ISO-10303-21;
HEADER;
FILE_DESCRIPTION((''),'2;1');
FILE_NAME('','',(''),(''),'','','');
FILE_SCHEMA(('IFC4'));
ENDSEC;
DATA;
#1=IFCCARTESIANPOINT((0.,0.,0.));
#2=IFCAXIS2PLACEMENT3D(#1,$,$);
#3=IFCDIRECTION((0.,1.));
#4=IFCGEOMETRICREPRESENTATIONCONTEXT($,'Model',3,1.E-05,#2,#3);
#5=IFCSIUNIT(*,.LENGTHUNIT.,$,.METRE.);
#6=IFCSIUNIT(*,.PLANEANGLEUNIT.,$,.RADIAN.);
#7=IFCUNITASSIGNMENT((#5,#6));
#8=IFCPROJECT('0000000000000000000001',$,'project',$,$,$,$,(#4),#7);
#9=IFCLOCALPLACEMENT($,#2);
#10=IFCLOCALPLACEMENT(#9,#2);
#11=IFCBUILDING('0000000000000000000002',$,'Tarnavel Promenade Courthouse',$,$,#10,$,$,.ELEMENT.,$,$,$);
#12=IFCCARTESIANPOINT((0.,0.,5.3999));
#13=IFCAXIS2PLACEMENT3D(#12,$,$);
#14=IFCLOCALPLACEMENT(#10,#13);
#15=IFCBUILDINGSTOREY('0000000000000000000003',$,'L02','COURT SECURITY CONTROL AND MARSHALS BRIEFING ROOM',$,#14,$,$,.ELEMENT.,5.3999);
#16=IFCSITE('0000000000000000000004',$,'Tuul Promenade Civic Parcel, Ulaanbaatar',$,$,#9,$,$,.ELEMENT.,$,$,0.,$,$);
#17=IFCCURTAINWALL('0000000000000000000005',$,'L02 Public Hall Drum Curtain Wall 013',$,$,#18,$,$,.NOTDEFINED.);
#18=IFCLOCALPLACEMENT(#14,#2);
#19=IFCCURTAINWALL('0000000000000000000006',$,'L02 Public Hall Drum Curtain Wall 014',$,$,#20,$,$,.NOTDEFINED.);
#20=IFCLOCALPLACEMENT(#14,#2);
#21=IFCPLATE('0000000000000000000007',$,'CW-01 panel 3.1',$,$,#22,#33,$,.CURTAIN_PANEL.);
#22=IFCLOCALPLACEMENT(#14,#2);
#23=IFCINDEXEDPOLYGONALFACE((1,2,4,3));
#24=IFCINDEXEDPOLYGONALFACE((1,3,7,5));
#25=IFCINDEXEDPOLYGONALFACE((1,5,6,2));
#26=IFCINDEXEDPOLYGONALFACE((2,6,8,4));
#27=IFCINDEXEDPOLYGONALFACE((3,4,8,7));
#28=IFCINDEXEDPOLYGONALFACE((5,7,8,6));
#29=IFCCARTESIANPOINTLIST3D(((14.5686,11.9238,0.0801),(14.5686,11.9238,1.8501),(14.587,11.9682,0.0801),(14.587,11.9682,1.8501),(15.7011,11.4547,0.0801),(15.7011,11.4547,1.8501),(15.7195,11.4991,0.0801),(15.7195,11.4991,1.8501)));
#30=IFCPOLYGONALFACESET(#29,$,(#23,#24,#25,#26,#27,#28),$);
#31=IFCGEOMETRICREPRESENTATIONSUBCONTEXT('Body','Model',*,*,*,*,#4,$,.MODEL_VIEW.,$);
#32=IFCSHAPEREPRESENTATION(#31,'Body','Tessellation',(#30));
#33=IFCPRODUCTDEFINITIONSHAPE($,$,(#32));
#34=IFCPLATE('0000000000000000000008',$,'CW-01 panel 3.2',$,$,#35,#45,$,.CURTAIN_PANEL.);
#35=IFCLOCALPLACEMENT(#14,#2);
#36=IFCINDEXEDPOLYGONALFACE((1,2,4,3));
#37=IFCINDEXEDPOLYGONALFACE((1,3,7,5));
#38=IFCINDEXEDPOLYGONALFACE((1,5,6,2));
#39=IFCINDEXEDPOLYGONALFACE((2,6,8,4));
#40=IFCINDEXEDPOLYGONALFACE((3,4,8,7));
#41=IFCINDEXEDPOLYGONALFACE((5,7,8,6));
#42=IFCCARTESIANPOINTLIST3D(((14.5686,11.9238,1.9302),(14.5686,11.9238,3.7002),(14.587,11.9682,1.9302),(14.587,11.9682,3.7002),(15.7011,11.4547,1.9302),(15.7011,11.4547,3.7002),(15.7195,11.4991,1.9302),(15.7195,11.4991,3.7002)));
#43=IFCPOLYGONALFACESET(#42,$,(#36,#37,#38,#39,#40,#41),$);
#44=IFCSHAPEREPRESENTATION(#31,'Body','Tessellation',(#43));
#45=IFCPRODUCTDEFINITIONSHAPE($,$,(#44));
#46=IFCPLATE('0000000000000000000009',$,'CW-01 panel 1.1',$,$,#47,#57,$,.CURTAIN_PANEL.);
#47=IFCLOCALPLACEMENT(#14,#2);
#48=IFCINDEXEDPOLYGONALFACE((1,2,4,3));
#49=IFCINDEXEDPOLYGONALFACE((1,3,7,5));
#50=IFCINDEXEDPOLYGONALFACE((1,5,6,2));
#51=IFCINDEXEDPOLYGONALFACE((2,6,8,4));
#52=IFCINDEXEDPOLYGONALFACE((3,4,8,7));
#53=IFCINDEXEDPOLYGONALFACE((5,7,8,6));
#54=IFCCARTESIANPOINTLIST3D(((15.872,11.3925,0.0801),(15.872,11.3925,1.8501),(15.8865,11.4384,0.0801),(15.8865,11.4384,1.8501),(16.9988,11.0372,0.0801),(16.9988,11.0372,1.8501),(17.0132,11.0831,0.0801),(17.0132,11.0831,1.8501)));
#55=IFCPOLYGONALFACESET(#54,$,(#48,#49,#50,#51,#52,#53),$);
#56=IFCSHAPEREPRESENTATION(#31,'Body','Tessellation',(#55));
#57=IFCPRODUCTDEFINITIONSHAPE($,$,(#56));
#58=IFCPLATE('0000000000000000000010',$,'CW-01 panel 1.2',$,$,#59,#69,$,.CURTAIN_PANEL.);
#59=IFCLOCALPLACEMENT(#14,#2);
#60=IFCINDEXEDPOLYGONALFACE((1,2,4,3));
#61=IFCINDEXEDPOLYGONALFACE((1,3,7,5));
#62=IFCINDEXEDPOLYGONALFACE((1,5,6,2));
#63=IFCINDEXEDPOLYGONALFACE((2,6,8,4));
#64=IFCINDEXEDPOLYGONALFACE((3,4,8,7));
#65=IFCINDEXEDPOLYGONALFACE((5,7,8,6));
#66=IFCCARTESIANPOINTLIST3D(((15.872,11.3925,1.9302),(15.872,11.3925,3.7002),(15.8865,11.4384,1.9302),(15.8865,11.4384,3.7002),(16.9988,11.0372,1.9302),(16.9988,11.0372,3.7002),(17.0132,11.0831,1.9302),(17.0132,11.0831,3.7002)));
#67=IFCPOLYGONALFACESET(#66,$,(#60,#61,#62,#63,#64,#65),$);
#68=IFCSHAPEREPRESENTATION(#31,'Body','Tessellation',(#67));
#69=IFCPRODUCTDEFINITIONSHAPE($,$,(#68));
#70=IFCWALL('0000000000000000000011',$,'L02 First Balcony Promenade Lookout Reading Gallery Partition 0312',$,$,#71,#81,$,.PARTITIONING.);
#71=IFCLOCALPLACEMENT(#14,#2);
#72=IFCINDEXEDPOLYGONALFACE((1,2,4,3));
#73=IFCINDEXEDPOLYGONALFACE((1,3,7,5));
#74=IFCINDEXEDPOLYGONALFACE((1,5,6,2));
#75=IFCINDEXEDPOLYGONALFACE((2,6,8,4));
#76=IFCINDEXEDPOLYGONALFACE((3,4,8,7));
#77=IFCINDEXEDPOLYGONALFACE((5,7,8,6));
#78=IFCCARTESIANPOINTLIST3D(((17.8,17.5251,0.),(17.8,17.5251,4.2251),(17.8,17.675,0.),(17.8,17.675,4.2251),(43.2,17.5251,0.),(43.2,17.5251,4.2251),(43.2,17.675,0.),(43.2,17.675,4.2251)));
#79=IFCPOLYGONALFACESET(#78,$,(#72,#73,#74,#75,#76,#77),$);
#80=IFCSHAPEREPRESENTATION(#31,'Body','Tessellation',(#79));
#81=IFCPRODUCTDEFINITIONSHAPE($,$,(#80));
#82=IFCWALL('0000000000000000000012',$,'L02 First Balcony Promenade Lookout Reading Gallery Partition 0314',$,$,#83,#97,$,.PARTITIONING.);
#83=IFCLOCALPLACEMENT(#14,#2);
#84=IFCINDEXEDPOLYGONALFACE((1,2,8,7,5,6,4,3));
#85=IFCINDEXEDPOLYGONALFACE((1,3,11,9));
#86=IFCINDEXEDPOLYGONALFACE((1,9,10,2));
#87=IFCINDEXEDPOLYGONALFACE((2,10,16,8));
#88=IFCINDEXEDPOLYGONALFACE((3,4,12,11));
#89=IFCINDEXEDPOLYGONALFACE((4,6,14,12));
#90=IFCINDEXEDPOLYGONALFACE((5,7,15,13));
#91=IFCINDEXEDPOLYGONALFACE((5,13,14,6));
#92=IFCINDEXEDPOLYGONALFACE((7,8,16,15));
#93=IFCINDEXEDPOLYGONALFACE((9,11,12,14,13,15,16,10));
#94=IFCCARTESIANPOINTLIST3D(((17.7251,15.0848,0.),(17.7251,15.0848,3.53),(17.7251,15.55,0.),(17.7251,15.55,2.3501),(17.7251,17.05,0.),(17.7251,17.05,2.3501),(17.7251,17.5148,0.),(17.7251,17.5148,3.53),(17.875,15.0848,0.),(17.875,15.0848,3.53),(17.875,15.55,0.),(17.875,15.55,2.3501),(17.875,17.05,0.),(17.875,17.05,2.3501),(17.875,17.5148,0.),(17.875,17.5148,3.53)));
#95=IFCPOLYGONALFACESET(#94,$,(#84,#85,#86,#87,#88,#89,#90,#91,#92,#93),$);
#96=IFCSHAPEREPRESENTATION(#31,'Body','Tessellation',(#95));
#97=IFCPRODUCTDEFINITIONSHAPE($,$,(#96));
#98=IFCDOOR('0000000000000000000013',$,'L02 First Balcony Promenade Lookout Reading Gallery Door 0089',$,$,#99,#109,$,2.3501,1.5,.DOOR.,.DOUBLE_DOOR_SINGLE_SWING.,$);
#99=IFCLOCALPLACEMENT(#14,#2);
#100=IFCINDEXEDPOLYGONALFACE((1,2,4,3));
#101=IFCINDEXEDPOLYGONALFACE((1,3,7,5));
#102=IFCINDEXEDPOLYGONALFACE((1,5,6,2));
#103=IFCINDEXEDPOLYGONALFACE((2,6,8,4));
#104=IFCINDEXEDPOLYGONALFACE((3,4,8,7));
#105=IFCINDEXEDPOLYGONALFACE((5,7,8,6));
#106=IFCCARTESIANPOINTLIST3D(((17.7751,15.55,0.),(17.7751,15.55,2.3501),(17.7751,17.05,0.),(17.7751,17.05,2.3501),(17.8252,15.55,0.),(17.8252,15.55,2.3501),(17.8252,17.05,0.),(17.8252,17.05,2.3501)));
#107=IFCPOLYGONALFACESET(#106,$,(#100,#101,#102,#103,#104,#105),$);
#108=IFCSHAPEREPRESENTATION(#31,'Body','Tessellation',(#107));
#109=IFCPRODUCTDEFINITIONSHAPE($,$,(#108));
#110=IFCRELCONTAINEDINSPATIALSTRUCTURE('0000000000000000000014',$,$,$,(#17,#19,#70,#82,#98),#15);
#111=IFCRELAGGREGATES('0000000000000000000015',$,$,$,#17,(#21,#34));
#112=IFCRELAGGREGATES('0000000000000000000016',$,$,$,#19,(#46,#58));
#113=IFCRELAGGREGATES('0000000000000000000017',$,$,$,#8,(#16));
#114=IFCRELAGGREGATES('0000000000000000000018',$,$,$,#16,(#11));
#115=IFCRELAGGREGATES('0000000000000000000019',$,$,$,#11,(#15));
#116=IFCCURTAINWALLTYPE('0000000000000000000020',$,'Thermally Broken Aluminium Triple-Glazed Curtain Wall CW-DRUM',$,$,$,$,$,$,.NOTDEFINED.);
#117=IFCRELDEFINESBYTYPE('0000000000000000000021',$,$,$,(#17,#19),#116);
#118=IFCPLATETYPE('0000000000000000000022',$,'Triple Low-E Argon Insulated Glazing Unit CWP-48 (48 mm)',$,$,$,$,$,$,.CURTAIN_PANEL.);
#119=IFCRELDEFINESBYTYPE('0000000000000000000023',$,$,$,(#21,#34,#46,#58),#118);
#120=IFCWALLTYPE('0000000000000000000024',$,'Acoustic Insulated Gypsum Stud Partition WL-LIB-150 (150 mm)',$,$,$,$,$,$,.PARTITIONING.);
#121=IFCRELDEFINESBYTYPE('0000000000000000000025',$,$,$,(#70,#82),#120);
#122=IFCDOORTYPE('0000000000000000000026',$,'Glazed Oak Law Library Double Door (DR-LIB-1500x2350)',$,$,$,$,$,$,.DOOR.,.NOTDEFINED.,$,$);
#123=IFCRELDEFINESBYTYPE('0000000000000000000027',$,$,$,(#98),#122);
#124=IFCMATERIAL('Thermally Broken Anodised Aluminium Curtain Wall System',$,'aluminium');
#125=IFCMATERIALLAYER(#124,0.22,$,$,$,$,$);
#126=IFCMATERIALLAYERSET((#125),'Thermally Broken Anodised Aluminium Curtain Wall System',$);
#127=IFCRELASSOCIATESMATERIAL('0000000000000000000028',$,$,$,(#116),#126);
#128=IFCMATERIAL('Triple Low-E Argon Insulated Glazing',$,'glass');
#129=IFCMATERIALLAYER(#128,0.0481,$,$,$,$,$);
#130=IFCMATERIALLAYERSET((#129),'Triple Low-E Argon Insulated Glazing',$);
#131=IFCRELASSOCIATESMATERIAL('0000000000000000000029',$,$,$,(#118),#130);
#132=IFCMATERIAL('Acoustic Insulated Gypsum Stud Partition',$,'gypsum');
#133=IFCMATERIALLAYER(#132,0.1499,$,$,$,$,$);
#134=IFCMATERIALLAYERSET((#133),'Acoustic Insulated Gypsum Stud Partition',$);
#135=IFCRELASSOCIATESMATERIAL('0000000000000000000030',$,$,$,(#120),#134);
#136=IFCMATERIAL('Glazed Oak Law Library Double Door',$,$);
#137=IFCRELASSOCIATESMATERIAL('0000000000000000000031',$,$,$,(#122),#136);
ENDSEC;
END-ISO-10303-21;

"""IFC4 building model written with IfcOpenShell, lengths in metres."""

from ifc_helpers import new_model, si_unit, direction, frame, frame_2d, origin, origin_2d, place, context, subcontext, project, spatial, rectangle, extrude, material, layer, layer_set, type_object, element, fill, aggregate, save


model = new_model("IFC4")

# Units and contexts
model_context = context("Model", 3, precision=1e-05, world=origin(), true_north=direction((0.0, 1.0)))
body_context = subcontext(model_context, "Body", "Model", "MODEL_VIEW")
ifc_project = project(units=[si_unit("LENGTHUNIT", "METRE"), si_unit("PLANEANGLEUNIT", "RADIAN")], contexts=[model_context])

# Site, building, storey
site_placement = place(None, origin())
site = spatial("IfcSite", under=ifc_project, at=site_placement, Name="Tuul Promenade Civic Parcel, Ulaanbaatar", CompositionType="ELEMENT", RefElevation=0.0)
building_placement = place(site_placement, origin())
building = spatial("IfcBuilding", under=site, at=building_placement, Name="Tarnavel Promenade Courthouse", CompositionType="ELEMENT")
storey_placement = place(building_placement, frame((0.0, 0.0, 5.3999)))
storey = spatial("IfcBuildingStorey", under=building, at=storey_placement, Name="L02", Description="COURT SECURITY CONTROL AND MARSHALS BRIEFING ROOM", CompositionType="ELEMENT", Elevation=5.3999)

# Curtain walls
ifc_material_1 = material(Name="Thermally Broken Anodised Aluminium Curtain Wall System", Category="aluminium")
ifc_layer_1 = layer(ifc_material_1, 0.22)
ifc_layer_set_1 = layer_set([ifc_layer_1], Name="Thermally Broken Anodised Aluminium Curtain Wall System")
curtain_wall_type = type_object("IfcCurtainWallType", Name="Thermally Broken Aluminium Triple-Glazed Curtain Wall CW-DRUM", PredefinedType="NOTDEFINED", material=ifc_layer_set_1)
curtain_wall_1_placement = place(storey_placement, origin())
curtain_wall_1 = element("IfcCurtainWall", 1, at=curtain_wall_1_placement, inside=storey, type_object=curtain_wall_type, Name="L02 Public Hall Drum Curtain Wall 013", PredefinedType="NOTDEFINED")
curtain_wall_2_placement = place(storey_placement, origin())
curtain_wall_2 = element("IfcCurtainWall", 2, at=curtain_wall_2_placement, inside=storey, type_object=curtain_wall_type, Name="L02 Public Hall Drum Curtain Wall 014", PredefinedType="NOTDEFINED")

# Plates
ifc_material_2 = material(Name="Triple Low-E Argon Insulated Glazing", Category="glass")
ifc_layer_2 = layer(ifc_material_2, 0.0481)
ifc_layer_set_2 = layer_set([ifc_layer_2], Name="Triple Low-E Argon Insulated Glazing")
plate_type = type_object("IfcPlateType", Name="Triple Low-E Argon Insulated Glazing Unit CWP-48 (48 mm)", PredefinedType="CURTAIN_PANEL", material=ifc_layer_set_2)
plate_1_placement = place(storey_placement, frame((15.144, 11.7114, 0.0801), z_axis=(0.0, 0.0, 1.0), x_axis=(0.923879, -0.382685, 0.0)))
plate_1 = element("IfcPlate", 3, at=plate_1_placement, type_object=plate_type, Name="CW-01 panel 3.1", PredefinedType="CURTAIN_PANEL", context=body_context, shape_type="SweptSolid", body=[
    extrude(rectangle(XDim=1.2258, YDim=0.0481, at=origin_2d()), origin(), (0.0, 0.0, 1.0), 1.77),
])
plate_2_placement = place(storey_placement, frame((15.144, 11.7114, 1.9302), z_axis=(0.0, 0.0, 1.0), x_axis=(0.923879, -0.382685, 0.0)))
plate_2 = element("IfcPlate", 4, at=plate_2_placement, type_object=plate_type, Name="CW-01 panel 3.2", PredefinedType="CURTAIN_PANEL", context=body_context, shape_type="SweptSolid", body=[
    extrude(rectangle(XDim=1.2258, YDim=0.0481, at=origin_2d()), origin(), (0.0, 0.0, 1.0), 1.77),
])
aggregate(curtain_wall_1, [plate_1, plate_2])
plate_3_placement = place(storey_placement, frame((16.4426, 11.2378, 0.0801), z_axis=(0.0, 0.0, 1.0), x_axis=(0.953717, -0.300705, 0.0)))
plate_3 = element("IfcPlate", 5, at=plate_3_placement, type_object=plate_type, Name="CW-01 panel 1.1", PredefinedType="CURTAIN_PANEL", context=body_context, shape_type="SweptSolid", body=[
    extrude(rectangle(XDim=1.1814, YDim=0.0481, at=origin_2d()), origin(), (0.0, 0.0, 1.0), 1.77),
])
plate_4_placement = place(storey_placement, frame((16.4426, 11.2378, 1.9302), z_axis=(0.0, 0.0, 1.0), x_axis=(0.953717, -0.300705, 0.0)))
plate_4 = element("IfcPlate", 6, at=plate_4_placement, type_object=plate_type, Name="CW-01 panel 1.2", PredefinedType="CURTAIN_PANEL", context=body_context, shape_type="SweptSolid", body=[
    extrude(rectangle(XDim=1.1814, YDim=0.0481, at=origin_2d()), origin(), (0.0, 0.0, 1.0), 1.77),
])
aggregate(curtain_wall_2, [plate_3, plate_4])

# Wall
ifc_material_3 = material(Name="Acoustic Insulated Gypsum Stud Partition", Category="gypsum")
ifc_layer_3 = layer(ifc_material_3, 0.1499)
ifc_layer_set_3 = layer_set([ifc_layer_3], Name="Acoustic Insulated Gypsum Stud Partition")
wall_type = type_object("IfcWallType", Name="Acoustic Insulated Gypsum Stud Partition WL-LIB-150 (150 mm)", PredefinedType="PARTITIONING", material=ifc_layer_set_3)
wall_1_placement = place(storey_placement, frame((17.8, 17.6001, 0.0), z_axis=(0.0, 0.0, 1.0), x_axis=(1.0, 0.0, 0.0)))
element("IfcWall", 7, at=wall_1_placement, inside=storey, type_object=wall_type, Name="L02 First Balcony Promenade Lookout Reading Gallery Partition 0312", PredefinedType="PARTITIONING", context=body_context, shape_type="SweptSolid", body=[
    extrude(rectangle(XDim=25.3999, YDim=0.1499, at=frame_2d((12.7, 0.0))), origin(), (0.0, 0.0, 1.0), 4.2251),
])

# Wall, opening, door
wall_2_placement = place(storey_placement, frame((17.8, 15.085, 0.0), z_axis=(0.0, 0.0, 1.0), x_axis=(0.0, 1.0, 0.0)))
wall_2 = element("IfcWall", 8, at=wall_2_placement, inside=storey, type_object=wall_type, Name="L02 First Balcony Promenade Lookout Reading Gallery Partition 0314", PredefinedType="PARTITIONING", context=body_context, shape_type="SweptSolid", body=[
    extrude(rectangle(XDim=2.4299, YDim=0.1499, at=frame_2d((1.2148, 0.0))), origin(), (0.0, 0.0, 1.0), 3.53),
])
opening_placement = place(wall_2_placement, frame((0.4651, 0.0, 0.0)))
opening = element("IfcOpeningElement", 9, at=opening_placement, cuts=wall_2, PredefinedType="OPENING", context=body_context, shape_type="SweptSolid", body=[
    extrude(rectangle(XDim=1.5, YDim=2.3501, at=frame_2d((0.75, 1.175))), frame((0.0, 0.085, 0.0), z_axis=(0.0, -1.0, 0.0), x_axis=(1.0, 0.0, 0.0)), (0.0, 0.0, 1.0), 0.1699),
])
ifc_material_4 = material(Name="Glazed Oak Law Library Double Door")
door_type = type_object("IfcDoorType", Name="Glazed Oak Law Library Double Door (DR-LIB-1500x2350)", OperationType="NOTDEFINED", PredefinedType="DOOR", material=ifc_material_4)
door_placement = place(opening_placement, origin())
door = element("IfcDoor", 10, at=door_placement, inside=storey, type_object=door_type, Name="L02 First Balcony Promenade Lookout Reading Gallery Door 0089", OperationType="DOUBLE_DOOR_SINGLE_SWING", OverallHeight=2.3501, OverallWidth=1.5, PredefinedType="DOOR", context=body_context, shape_type="SweptSolid", body=[
    extrude(rectangle(XDim=1.5, YDim=2.3501, at=frame_2d((0.75, 1.175))), frame((0.0, 0.0249, 0.0), z_axis=(0.0, -1.0, 0.0), x_axis=(1.0, 0.0, 0.0)), (0.0, 0.0, 1.0), 0.05),
])
fill(opening, door)

save(model, "model.ifc")
